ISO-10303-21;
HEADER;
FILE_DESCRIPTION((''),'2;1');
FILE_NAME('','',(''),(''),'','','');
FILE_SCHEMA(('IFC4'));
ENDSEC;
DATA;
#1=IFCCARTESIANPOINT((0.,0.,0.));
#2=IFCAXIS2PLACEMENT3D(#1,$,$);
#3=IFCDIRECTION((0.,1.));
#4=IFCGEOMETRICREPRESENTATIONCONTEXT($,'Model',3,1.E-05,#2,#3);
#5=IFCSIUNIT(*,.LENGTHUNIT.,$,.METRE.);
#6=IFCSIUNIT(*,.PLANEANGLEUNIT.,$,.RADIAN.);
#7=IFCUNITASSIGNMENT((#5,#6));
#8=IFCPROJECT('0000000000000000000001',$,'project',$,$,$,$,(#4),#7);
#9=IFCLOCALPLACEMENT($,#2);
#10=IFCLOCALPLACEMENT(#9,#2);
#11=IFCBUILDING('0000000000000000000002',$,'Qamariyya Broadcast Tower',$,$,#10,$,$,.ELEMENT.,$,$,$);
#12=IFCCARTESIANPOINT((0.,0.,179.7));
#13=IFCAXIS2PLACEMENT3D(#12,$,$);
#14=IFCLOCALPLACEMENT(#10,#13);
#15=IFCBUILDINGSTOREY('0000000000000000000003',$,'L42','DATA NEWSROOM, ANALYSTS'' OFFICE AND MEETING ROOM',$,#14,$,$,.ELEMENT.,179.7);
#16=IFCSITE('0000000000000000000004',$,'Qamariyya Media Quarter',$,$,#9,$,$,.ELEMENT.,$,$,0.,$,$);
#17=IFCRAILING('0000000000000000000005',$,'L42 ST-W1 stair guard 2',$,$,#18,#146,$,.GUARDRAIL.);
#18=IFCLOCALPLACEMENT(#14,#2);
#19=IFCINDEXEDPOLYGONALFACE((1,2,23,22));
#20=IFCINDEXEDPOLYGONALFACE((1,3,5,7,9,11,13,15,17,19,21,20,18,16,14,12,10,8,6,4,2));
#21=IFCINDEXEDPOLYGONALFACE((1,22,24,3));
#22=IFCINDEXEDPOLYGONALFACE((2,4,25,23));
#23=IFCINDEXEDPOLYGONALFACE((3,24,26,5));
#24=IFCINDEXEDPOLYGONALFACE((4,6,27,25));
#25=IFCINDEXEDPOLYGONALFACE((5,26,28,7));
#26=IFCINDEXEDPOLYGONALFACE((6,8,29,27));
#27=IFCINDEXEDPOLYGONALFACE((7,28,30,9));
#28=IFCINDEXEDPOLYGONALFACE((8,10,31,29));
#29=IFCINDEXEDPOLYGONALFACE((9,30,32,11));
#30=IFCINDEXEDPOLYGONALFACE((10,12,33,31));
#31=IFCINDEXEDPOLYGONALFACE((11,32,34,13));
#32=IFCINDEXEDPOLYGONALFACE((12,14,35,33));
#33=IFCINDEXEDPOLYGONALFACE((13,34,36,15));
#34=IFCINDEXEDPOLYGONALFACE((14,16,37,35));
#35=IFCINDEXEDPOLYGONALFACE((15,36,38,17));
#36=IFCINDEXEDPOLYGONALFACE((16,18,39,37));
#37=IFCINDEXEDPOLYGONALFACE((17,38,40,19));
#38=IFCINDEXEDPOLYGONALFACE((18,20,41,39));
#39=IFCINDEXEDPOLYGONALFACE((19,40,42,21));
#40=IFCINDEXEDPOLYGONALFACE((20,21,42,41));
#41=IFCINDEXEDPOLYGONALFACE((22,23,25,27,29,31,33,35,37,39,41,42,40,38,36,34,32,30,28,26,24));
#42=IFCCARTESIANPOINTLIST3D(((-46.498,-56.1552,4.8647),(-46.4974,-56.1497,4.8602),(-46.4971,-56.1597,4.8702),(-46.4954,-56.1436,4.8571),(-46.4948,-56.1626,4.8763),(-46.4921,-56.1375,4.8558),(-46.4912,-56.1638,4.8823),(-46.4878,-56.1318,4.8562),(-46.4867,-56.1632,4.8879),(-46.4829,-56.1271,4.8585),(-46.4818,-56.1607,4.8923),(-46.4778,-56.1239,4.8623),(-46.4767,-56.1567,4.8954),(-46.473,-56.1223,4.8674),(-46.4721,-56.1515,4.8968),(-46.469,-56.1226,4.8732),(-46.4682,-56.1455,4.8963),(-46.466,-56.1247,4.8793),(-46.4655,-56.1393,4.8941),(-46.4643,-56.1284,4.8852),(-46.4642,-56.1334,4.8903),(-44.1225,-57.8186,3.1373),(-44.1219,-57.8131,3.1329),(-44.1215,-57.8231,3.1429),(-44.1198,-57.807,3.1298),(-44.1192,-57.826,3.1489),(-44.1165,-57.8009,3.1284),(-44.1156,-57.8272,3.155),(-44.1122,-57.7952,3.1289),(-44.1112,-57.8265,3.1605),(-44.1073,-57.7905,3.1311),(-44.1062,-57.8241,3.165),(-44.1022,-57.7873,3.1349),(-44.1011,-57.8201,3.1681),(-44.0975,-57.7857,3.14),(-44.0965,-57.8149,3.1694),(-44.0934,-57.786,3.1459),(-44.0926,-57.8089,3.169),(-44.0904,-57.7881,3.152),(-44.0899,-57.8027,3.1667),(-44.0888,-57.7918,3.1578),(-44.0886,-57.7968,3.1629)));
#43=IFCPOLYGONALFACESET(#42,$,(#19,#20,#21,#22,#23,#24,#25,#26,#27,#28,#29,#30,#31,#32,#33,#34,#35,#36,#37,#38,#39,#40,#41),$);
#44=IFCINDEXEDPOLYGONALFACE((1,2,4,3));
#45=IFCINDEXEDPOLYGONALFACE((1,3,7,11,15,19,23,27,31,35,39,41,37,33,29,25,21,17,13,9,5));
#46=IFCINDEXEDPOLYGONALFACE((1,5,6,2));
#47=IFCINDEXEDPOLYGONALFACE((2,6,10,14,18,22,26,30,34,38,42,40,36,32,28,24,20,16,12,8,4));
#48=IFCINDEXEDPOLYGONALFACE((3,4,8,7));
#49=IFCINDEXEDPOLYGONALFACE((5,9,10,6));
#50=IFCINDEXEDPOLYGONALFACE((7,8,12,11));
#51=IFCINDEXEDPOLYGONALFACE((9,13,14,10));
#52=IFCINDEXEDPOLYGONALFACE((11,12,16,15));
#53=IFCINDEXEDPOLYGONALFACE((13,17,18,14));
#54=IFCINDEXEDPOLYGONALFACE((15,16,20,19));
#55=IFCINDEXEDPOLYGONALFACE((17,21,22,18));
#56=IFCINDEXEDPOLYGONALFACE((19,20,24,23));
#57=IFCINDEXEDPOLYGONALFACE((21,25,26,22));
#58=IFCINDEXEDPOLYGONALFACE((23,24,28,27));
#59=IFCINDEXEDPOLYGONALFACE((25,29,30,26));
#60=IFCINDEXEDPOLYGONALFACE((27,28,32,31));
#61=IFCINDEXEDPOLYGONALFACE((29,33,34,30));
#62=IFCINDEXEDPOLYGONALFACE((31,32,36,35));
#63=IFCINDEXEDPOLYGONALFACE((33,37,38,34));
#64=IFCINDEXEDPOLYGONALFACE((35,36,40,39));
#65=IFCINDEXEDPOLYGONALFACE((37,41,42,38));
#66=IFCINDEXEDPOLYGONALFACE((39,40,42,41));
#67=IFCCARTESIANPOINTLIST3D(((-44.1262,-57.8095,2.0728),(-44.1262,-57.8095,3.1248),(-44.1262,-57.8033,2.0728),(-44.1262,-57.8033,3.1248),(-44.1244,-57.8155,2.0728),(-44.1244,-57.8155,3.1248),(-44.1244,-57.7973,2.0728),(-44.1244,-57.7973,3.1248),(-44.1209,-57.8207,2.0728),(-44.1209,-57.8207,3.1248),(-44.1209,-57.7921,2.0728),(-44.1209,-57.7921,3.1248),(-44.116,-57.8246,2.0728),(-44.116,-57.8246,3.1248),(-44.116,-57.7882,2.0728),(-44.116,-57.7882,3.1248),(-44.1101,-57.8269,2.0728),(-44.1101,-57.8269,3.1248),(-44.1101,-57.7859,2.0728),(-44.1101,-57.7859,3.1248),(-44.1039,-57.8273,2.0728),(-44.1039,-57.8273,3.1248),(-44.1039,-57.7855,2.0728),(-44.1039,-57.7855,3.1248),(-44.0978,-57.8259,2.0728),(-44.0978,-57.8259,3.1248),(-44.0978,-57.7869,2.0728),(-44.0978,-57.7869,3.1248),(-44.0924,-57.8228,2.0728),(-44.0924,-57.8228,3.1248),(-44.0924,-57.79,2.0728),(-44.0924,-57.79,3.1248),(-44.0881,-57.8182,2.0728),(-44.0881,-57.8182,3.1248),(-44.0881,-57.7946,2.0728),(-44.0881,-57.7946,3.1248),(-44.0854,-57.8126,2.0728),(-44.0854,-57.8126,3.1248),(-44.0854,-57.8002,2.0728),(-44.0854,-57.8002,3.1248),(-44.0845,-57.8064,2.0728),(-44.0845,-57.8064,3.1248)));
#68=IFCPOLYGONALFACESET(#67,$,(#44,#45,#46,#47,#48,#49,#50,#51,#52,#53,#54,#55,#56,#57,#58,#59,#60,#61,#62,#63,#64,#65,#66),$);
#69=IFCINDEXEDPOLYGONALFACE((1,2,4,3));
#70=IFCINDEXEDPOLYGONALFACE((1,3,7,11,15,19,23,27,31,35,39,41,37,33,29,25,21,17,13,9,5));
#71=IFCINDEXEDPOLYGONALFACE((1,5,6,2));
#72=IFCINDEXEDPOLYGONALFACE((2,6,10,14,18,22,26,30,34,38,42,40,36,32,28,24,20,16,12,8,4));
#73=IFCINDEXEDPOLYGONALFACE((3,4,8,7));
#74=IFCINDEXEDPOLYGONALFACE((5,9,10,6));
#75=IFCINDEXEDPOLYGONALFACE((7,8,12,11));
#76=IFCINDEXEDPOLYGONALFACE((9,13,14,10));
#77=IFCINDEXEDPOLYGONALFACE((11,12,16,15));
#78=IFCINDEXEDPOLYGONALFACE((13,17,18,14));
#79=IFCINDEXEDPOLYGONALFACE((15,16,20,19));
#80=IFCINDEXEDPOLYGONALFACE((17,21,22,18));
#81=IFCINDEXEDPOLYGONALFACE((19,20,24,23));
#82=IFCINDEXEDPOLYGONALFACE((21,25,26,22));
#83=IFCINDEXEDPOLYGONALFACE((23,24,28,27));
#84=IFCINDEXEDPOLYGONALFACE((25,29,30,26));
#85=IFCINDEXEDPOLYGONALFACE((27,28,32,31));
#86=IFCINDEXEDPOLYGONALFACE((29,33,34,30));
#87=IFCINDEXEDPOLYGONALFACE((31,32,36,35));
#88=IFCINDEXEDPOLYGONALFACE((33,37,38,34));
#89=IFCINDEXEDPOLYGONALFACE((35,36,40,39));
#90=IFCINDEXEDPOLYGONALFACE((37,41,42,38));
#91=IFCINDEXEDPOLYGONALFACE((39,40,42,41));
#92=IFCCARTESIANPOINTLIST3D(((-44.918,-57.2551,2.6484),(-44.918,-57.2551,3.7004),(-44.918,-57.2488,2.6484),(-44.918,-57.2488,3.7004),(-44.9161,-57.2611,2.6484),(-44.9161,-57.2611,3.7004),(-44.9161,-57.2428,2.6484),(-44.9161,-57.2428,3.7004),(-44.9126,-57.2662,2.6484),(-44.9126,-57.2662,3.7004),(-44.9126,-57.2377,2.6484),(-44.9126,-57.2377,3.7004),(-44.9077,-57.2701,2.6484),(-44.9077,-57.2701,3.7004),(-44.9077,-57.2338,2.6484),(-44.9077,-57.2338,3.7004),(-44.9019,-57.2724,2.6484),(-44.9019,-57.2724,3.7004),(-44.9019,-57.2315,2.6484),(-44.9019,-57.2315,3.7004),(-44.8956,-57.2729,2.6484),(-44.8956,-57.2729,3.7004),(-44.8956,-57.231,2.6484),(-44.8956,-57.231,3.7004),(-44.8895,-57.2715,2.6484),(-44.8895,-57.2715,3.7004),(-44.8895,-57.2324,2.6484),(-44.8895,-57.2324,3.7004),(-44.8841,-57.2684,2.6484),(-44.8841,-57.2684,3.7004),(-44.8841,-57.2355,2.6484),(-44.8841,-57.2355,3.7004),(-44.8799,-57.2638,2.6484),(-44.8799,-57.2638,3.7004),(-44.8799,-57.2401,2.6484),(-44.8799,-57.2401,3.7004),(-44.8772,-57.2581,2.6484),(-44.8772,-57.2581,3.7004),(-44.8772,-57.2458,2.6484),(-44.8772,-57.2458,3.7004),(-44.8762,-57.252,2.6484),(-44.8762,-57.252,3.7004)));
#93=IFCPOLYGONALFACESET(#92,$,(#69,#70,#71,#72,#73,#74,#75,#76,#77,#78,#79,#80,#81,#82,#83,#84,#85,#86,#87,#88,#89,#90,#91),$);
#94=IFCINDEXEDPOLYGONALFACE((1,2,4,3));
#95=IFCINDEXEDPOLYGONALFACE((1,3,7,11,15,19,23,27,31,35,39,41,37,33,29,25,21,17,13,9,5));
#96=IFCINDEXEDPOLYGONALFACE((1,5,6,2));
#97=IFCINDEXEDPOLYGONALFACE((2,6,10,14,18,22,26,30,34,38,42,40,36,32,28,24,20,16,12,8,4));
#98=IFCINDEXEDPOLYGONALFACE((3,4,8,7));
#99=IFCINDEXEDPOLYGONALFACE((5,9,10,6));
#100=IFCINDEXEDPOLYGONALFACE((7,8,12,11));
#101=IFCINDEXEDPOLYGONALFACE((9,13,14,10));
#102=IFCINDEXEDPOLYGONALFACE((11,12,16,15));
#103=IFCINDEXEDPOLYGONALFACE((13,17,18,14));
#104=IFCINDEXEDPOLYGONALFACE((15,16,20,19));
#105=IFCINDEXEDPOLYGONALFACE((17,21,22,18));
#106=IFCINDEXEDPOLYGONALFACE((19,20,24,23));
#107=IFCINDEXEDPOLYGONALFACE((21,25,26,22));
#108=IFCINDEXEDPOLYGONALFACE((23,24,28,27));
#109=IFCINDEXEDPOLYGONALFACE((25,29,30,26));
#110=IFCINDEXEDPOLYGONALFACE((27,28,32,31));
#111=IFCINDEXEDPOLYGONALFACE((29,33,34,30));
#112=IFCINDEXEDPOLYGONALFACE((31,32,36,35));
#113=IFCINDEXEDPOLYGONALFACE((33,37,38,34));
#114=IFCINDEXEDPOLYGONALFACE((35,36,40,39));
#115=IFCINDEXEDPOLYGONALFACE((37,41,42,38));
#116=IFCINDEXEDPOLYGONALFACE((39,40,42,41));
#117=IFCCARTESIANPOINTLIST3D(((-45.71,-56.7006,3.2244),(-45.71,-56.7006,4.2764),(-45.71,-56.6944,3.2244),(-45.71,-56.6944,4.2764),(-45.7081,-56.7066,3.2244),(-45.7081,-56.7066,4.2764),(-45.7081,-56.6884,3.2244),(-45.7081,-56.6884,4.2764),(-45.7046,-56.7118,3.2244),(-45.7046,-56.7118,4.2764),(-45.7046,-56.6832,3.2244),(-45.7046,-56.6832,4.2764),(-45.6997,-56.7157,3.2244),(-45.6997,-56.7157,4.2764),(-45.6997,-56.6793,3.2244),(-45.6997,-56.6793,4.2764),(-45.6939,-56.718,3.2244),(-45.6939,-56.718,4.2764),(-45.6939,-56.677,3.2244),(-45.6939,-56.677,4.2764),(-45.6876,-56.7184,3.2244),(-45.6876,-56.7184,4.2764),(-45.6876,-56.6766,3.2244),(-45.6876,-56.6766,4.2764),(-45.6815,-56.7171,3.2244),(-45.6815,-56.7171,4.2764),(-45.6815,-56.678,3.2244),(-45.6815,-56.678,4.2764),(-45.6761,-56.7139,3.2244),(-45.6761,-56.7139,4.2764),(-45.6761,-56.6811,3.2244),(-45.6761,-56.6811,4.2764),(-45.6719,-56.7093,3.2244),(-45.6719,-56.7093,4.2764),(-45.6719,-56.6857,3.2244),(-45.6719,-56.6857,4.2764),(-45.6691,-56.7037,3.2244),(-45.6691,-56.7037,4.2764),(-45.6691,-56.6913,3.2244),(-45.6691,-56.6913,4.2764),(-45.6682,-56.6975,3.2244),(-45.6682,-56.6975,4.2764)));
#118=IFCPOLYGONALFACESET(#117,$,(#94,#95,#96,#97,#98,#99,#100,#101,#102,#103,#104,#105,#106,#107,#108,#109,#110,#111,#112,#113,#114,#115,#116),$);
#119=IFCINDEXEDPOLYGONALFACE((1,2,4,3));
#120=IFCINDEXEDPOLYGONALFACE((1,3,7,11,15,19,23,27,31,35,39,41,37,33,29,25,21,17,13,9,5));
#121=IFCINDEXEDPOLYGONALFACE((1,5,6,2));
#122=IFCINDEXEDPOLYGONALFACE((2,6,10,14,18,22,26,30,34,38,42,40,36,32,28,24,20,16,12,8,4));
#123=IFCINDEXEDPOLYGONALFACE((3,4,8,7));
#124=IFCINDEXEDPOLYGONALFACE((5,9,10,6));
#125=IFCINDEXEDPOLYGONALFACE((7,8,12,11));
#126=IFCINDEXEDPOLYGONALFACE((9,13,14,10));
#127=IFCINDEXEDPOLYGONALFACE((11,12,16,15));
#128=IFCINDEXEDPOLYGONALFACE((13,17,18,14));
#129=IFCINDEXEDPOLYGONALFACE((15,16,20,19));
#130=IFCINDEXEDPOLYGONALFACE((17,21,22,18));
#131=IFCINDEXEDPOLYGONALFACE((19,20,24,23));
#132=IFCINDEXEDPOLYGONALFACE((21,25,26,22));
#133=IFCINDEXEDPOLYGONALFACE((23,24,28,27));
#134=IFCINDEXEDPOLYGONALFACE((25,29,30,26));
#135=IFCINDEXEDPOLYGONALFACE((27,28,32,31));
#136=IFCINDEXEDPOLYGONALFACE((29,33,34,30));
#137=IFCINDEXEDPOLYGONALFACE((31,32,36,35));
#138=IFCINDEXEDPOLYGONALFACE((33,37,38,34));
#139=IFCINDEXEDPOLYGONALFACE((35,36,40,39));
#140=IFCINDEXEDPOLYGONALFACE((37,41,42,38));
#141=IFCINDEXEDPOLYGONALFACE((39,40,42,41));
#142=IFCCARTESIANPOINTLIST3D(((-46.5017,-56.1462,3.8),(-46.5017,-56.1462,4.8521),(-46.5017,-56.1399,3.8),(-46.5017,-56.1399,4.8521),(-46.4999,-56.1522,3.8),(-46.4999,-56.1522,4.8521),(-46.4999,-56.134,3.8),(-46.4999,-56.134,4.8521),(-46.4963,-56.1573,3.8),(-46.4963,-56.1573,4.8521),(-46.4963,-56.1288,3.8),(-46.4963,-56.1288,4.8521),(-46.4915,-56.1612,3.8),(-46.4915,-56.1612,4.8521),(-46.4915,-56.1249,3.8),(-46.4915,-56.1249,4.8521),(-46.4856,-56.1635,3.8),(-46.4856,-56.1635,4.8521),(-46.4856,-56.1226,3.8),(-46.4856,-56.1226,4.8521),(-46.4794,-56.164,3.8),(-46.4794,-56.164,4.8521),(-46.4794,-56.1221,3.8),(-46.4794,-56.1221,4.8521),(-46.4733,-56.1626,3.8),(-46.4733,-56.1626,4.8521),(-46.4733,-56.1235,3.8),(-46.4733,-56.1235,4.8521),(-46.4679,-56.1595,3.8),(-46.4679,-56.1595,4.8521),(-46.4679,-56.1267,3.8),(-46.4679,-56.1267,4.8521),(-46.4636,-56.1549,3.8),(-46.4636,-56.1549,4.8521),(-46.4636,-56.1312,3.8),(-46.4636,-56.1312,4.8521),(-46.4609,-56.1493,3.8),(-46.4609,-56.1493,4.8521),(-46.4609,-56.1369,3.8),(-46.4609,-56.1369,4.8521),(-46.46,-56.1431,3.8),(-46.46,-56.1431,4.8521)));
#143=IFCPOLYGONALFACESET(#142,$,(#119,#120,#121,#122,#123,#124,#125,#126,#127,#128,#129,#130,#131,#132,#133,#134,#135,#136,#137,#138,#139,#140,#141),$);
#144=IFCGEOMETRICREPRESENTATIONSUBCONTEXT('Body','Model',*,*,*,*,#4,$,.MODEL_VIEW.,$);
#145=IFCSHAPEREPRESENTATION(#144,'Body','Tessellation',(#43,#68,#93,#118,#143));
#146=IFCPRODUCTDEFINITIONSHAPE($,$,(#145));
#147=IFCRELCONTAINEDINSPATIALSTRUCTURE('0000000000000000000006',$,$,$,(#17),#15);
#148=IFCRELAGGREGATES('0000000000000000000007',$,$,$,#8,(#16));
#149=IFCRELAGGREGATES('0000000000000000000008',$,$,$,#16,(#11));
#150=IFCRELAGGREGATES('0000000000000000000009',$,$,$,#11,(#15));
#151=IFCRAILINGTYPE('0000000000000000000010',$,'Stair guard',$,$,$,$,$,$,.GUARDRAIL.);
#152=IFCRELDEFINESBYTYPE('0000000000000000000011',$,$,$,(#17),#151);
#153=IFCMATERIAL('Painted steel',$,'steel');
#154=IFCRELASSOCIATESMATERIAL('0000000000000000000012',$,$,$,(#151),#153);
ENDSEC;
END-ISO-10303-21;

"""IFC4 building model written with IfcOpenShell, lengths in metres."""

from ifc_helpers import new_model, si_unit, direction, frame, origin, origin_2d, place, context, subcontext, project, spatial, circle, extrude, material, type_object, element, save


model = new_model("IFC4")

# Units and contexts
model_context = context("Model", 3, precision=1e-05, world=origin(), true_north=direction((0.0, 1.0)))
body_context = subcontext(model_context, "Body", "Model", "MODEL_VIEW")
ifc_project = project(units=[si_unit("LENGTHUNIT", "METRE"), si_unit("PLANEANGLEUNIT", "RADIAN")], contexts=[model_context])

# Site, building, storey
site_placement = place(None, origin())
site = spatial("IfcSite", under=ifc_project, at=site_placement, Name="Qamariyya Media Quarter", CompositionType="ELEMENT", RefElevation=0.0)
building_placement = place(site_placement, origin())
building = spatial("IfcBuilding", under=site, at=building_placement, Name="Qamariyya Broadcast Tower", CompositionType="ELEMENT")
storey_placement = place(building_placement, frame((0.0, 0.0, 179.7)))
storey = spatial("IfcBuildingStorey", under=building, at=storey_placement, Name="L42", Description="DATA NEWSROOM, ANALYSTS' OFFICE AND MEETING ROOM", CompositionType="ELEMENT", Elevation=179.7)

# Railing
ifc_material_1 = material(Name="Painted steel", Category="steel")
railing_type_1 = type_object("IfcRailingType", Name="Stair guard", PredefinedType="GUARDRAIL", material=ifc_material_1)
railing_1_placement = place(storey_placement, frame((-44.1055, -57.8064, 2.0728)))
element("IfcRailing", 1, at=railing_1_placement, inside=storey, type_object=railing_type_1, Name="L42 ST-W1 stair guard 2", PredefinedType="GUARDRAIL", context=body_context, shape_type="SweptSolid", body=[
    extrude(circle(Radius=0.0239, at=origin_2d()), frame((0.0, 0.0, 1.0762), z_axis=(-0.70377, 0.492784, 0.511734), x_axis=(-0.573575, -0.819153, 0.0)), (0.0, 0.0, 1.0), 3.3755),
    extrude(circle(Radius=0.021, at=origin_2d()), origin(), (0.0, 0.0, 1.0), 1.052),
    extrude(circle(Radius=0.021, at=origin_2d()), frame((-0.7917, 0.5544, 0.5757)), (0.0, 0.0, 1.0), 1.052),
    extrude(circle(Radius=0.021, at=origin_2d()), frame((-1.5837, 1.1089, 1.1516)), (0.0, 0.0, 1.0), 1.052),
    extrude(circle(Radius=0.021, at=origin_2d()), frame((-2.3755, 1.6633, 1.7273)), (0.0, 0.0, 1.0), 1.052),
])

save(model, "model.ifc")
